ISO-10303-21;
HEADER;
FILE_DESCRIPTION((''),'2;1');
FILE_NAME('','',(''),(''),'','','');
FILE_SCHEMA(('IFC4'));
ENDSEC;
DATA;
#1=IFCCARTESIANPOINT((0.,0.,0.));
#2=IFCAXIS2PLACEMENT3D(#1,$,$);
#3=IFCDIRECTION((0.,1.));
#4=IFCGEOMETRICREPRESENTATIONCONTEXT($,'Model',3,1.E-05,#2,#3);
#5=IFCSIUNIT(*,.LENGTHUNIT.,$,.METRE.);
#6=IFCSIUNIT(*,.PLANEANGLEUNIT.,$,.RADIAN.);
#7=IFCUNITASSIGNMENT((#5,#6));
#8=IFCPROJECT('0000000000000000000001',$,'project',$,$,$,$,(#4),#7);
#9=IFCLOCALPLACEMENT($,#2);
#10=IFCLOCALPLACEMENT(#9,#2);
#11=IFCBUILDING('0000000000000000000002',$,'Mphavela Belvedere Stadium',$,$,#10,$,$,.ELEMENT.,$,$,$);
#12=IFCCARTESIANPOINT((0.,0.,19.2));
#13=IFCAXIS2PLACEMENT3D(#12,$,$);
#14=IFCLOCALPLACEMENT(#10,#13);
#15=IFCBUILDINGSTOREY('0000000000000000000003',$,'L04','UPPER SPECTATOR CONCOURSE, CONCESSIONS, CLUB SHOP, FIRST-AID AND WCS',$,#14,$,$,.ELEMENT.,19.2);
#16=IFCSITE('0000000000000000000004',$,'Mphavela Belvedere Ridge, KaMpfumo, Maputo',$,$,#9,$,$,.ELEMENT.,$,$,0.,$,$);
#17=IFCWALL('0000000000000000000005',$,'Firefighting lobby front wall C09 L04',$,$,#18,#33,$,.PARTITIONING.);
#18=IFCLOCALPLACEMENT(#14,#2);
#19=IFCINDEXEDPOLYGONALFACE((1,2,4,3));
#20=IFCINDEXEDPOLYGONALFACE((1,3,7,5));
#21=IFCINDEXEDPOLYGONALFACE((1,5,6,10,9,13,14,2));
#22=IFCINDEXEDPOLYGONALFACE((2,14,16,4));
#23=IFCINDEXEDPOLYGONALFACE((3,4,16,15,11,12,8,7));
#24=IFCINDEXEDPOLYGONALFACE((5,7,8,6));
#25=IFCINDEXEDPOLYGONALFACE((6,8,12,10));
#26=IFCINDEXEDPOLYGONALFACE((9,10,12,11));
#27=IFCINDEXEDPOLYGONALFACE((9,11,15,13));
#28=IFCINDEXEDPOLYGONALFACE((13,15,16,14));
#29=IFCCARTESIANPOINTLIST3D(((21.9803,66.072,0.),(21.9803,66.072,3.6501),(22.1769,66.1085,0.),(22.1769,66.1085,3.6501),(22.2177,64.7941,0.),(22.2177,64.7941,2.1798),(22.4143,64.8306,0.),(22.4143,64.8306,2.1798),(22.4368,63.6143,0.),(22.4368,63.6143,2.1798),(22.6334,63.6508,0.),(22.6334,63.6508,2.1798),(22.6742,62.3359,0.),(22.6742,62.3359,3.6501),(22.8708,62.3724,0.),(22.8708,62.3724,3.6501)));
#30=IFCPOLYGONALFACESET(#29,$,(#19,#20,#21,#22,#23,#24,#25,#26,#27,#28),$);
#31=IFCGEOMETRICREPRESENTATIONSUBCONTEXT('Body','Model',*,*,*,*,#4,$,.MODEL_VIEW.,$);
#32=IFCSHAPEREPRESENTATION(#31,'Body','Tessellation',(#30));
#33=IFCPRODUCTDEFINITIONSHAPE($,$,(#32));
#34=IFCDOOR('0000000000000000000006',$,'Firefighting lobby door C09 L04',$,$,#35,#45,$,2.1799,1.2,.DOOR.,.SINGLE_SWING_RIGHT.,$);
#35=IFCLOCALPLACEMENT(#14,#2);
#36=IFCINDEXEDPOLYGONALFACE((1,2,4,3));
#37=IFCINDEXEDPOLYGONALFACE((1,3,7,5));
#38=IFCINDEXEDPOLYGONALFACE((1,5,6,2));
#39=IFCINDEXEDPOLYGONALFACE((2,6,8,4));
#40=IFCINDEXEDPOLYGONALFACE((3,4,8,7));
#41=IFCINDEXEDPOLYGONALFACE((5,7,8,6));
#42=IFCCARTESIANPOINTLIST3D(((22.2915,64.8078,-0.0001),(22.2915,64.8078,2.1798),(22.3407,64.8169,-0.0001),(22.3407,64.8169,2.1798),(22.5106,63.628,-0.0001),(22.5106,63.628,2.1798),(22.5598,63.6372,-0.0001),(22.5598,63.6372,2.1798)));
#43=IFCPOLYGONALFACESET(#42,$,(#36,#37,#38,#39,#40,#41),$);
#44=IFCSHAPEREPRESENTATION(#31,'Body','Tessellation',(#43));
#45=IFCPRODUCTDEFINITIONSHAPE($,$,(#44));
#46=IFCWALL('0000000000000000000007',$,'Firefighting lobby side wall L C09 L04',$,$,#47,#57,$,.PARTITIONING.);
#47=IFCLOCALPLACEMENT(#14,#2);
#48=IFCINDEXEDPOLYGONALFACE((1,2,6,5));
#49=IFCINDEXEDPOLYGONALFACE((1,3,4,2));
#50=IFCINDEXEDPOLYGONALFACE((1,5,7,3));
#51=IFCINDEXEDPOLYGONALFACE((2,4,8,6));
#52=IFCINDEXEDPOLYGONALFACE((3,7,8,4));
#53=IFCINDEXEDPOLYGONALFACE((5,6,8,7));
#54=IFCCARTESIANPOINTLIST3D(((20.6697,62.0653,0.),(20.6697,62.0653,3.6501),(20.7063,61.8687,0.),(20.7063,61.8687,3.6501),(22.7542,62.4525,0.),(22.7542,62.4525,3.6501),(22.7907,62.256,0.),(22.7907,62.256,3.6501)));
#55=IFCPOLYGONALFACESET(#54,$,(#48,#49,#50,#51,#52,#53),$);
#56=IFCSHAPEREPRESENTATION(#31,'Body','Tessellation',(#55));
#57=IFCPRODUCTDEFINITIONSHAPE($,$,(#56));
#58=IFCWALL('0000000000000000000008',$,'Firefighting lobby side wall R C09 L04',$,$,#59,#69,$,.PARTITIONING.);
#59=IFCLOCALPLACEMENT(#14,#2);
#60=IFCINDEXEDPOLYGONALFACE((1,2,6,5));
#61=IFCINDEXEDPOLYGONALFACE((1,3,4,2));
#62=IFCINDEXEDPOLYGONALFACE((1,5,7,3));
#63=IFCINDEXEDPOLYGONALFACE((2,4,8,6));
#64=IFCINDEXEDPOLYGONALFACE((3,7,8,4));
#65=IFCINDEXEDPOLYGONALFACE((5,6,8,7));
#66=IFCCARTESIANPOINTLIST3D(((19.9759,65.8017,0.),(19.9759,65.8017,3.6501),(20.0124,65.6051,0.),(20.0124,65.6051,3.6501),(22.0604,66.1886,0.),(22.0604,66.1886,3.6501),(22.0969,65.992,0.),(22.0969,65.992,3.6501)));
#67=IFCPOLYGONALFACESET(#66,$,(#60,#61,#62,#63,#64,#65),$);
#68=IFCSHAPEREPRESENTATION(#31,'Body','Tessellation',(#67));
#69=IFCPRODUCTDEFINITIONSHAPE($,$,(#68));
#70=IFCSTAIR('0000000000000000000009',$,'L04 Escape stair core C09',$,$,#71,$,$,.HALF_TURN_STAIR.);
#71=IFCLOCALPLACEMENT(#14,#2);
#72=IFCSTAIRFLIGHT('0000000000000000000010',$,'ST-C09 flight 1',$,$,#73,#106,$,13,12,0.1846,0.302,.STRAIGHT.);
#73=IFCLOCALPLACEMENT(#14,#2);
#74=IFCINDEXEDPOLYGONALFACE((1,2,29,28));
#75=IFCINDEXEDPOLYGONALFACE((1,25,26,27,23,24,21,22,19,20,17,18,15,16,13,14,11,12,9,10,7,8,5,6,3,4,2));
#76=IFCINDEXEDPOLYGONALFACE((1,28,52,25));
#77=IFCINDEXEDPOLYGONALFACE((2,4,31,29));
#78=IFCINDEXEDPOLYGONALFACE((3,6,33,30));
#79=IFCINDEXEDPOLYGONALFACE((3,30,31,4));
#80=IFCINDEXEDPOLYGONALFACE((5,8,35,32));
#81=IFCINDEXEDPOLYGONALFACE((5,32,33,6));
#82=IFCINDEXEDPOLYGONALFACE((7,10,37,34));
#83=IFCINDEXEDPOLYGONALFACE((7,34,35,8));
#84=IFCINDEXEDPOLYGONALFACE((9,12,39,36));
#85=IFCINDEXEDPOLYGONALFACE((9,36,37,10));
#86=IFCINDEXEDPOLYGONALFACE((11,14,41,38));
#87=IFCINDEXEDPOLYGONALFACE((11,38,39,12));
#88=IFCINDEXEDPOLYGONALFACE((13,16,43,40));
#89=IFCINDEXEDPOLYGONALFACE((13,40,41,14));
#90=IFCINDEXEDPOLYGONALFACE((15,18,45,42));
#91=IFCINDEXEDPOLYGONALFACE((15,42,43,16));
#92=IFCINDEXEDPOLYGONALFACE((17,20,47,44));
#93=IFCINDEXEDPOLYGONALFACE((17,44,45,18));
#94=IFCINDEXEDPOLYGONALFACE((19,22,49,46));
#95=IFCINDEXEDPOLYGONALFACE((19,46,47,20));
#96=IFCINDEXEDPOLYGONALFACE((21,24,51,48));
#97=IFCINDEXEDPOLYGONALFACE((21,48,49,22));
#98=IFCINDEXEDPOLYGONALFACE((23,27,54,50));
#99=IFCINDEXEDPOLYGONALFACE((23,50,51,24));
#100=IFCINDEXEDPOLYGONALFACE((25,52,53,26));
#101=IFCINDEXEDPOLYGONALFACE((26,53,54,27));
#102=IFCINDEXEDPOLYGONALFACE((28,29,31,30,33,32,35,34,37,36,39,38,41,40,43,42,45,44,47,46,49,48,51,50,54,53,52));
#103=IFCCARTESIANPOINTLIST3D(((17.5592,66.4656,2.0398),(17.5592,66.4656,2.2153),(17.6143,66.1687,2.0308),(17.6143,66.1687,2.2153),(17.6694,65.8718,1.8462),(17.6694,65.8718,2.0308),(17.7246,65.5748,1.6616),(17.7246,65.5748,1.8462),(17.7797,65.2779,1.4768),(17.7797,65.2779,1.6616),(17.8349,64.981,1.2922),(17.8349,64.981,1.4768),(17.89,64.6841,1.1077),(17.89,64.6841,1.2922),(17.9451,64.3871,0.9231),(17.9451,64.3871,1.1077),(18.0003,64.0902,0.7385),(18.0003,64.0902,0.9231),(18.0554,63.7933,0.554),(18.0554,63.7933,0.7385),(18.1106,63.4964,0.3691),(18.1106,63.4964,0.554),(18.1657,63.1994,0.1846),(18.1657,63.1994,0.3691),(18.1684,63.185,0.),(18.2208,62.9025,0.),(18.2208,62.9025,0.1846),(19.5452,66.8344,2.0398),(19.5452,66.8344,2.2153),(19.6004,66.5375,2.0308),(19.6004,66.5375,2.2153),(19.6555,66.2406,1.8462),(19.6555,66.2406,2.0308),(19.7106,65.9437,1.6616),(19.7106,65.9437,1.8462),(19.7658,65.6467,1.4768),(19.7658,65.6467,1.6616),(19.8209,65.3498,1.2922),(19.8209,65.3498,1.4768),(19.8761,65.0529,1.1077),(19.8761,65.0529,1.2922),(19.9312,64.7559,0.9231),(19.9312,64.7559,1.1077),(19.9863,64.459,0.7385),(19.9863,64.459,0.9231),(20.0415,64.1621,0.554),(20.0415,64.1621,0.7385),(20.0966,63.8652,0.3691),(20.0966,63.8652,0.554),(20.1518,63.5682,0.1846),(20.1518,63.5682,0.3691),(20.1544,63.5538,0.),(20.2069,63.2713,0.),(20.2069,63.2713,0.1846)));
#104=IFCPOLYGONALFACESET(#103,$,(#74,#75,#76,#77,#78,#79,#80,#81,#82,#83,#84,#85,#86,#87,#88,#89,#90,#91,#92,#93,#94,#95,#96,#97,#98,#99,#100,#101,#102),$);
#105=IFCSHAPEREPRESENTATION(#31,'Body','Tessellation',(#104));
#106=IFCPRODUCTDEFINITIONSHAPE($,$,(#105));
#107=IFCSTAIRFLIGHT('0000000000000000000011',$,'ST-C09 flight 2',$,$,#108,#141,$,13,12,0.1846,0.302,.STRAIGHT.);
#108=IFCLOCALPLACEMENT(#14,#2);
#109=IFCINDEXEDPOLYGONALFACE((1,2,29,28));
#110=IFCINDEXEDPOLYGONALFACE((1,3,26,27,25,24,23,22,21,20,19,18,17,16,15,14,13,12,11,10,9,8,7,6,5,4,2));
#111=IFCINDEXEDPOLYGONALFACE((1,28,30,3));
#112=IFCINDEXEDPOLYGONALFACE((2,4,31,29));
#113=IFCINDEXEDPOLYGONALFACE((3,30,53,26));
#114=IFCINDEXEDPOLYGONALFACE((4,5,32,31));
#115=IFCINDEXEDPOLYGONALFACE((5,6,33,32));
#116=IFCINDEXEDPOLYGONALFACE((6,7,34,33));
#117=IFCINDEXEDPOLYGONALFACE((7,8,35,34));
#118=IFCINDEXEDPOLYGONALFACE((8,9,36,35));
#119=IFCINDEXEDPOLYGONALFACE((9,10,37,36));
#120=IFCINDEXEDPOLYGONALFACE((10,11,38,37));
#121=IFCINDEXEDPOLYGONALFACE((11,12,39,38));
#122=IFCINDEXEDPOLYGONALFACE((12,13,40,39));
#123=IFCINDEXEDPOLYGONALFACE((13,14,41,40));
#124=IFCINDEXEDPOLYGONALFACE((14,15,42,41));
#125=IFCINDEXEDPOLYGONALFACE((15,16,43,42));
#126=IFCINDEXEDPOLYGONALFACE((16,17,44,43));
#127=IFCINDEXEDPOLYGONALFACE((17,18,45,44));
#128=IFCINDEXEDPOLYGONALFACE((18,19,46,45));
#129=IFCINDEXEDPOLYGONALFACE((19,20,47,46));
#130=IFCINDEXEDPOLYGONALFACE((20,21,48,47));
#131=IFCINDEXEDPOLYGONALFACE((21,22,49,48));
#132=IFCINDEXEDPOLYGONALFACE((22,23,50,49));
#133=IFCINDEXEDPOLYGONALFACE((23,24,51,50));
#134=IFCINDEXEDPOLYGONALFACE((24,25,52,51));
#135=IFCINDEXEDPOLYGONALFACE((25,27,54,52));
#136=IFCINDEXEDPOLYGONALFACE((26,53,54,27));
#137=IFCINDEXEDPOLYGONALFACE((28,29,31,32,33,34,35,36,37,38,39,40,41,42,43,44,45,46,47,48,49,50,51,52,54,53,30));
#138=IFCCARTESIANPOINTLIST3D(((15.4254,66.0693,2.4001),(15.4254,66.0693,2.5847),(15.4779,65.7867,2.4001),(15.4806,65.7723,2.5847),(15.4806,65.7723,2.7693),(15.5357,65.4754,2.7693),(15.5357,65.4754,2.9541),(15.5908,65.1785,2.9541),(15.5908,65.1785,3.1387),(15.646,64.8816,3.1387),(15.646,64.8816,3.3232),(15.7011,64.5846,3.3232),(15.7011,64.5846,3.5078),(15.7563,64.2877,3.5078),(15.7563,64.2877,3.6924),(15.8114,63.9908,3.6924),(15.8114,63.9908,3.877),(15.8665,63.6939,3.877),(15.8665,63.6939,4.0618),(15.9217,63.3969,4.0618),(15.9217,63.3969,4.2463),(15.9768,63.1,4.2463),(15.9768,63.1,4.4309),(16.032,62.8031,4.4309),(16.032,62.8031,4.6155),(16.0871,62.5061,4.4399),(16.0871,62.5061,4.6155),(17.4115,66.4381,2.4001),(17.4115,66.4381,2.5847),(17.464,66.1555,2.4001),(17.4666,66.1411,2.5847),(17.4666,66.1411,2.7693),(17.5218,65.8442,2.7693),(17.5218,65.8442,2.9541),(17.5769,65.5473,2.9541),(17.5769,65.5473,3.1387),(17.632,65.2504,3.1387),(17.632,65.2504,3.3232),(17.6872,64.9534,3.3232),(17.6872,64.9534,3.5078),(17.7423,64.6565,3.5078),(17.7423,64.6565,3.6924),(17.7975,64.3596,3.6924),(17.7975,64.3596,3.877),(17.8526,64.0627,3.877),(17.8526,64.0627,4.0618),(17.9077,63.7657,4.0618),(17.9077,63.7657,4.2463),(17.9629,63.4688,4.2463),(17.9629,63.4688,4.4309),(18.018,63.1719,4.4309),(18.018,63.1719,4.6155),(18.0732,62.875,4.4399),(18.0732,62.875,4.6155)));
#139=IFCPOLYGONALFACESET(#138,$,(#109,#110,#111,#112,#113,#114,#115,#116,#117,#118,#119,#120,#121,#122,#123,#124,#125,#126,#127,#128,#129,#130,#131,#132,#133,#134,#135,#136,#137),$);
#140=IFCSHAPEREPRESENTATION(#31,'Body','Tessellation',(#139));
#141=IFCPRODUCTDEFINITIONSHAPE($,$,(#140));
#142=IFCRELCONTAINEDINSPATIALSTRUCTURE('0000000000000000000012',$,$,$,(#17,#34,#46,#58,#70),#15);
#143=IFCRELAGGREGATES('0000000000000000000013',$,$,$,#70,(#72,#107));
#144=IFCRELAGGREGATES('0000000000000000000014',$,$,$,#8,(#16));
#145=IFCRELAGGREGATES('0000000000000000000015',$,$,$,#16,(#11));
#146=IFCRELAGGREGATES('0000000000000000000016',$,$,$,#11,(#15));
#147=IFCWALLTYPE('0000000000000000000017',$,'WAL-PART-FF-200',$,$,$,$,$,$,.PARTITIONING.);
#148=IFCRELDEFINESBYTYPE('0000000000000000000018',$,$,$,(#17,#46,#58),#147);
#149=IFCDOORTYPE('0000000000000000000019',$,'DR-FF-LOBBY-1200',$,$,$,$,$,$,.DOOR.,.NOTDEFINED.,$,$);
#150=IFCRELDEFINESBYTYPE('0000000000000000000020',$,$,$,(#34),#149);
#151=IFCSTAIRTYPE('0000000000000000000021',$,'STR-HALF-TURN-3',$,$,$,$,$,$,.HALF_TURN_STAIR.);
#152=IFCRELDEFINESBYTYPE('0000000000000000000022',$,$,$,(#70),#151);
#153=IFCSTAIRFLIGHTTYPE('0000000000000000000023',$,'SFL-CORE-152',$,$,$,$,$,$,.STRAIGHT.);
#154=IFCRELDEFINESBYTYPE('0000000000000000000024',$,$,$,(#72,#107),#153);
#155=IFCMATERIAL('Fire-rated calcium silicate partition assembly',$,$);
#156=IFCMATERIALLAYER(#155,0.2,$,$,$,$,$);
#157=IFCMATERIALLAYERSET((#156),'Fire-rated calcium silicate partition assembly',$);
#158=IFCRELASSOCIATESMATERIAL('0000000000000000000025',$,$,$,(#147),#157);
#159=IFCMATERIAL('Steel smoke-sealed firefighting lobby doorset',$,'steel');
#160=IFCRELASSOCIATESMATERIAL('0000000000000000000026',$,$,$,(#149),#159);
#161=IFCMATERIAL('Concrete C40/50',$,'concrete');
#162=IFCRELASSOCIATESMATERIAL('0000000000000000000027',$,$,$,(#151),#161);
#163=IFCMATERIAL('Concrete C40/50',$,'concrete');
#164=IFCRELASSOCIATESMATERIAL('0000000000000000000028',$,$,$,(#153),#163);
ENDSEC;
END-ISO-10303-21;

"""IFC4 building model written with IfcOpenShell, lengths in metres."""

from ifc_helpers import new_model, si_unit, direction, frame, frame_2d, origin, place, context, subcontext, project, spatial, polyline, rectangle, outline, extrude, material, layer, layer_set, type_object, element, fill, aggregate, save


model = new_model("IFC4")

# Units and contexts
model_context = context("Model", 3, precision=1e-05, world=origin(), true_north=direction((0.0, 1.0)))
body_context = subcontext(model_context, "Body", "Model", "MODEL_VIEW")
ifc_project = project(units=[si_unit("LENGTHUNIT", "METRE"), si_unit("PLANEANGLEUNIT", "RADIAN")], contexts=[model_context])

# Site, building, storey
site_placement = place(None, origin())
site = spatial("IfcSite", under=ifc_project, at=site_placement, Name="Mphavela Belvedere Ridge, KaMpfumo, Maputo", CompositionType="ELEMENT", RefElevation=0.0)
building_placement = place(site_placement, origin())
building = spatial("IfcBuilding", under=site, at=building_placement, Name="Mphavela Belvedere Stadium", CompositionType="ELEMENT")
storey_placement = place(building_placement, frame((0.0, 0.0, 19.2)))
storey = spatial("IfcBuildingStorey", under=building, at=storey_placement, Name="L04", Description="UPPER SPECTATOR CONCOURSE, CONCESSIONS, CLUB SHOP, FIRST-AID AND WCS", CompositionType="ELEMENT", Elevation=19.2)

# Wall, opening, door
ifc_material_1 = material(Name="Fire-rated calcium silicate partition assembly")
ifc_layer_1 = layer(ifc_material_1, 0.2)
ifc_layer_set_1 = layer_set([ifc_layer_1], Name="Fire-rated calcium silicate partition assembly")
wall_type_1 = type_object("IfcWallType", Name="WAL-PART-FF-200", PredefinedType="PARTITIONING", material=ifc_layer_set_1)
wall_1_placement = place(storey_placement, frame((22.7725, 62.3542, 0.0), z_axis=(0.0, 0.0, 1.0), x_axis=(-0.182593, 0.983189, 0.0)))
wall_1 = element("IfcWall", 1, at=wall_1_placement, inside=storey, type_object=wall_type_1, Name="Firefighting lobby front wall C09 L04", PredefinedType="PARTITIONING", context=body_context, shape_type="SweptSolid", body=[
    extrude(rectangle(XDim=3.8, YDim=0.2, at=frame_2d((1.8999, 0.0))), origin(), (0.0, 0.0, 1.0), 3.6501),
])
opening_1_placement = place(wall_1_placement, frame((1.3, 0.0, 0.0)))
opening_1 = element("IfcOpeningElement", 2, at=opening_1_placement, cuts=wall_1, PredefinedType="OPENING", context=body_context, shape_type="SweptSolid", body=[
    extrude(rectangle(XDim=1.2, YDim=2.1799, at=frame_2d((0.6001, 1.0898))), frame((0.0, 0.1099, 0.0), z_axis=(0.0, -1.0, 0.0), x_axis=(1.0, 0.0, 0.0)), (0.0, 0.0, 1.0), 0.22),
])
ifc_material_2 = material(Name="Steel smoke-sealed firefighting lobby doorset", Category="steel")
door_type_1 = type_object("IfcDoorType", Name="DR-FF-LOBBY-1200", OperationType="NOTDEFINED", PredefinedType="DOOR", material=ifc_material_2)
door_1_placement = place(opening_1_placement, origin())
door_1 = element("IfcDoor", 3, at=door_1_placement, inside=storey, type_object=door_type_1, Name="Firefighting lobby door C09 L04", OperationType="SINGLE_SWING_RIGHT", OverallHeight=2.1799, OverallWidth=1.2, PredefinedType="DOOR", context=body_context, shape_type="SweptSolid", body=[
    extrude(rectangle(XDim=1.2, YDim=2.1799, at=frame_2d((0.6001, 1.0898))), frame((0.0, 0.0249, 0.0), z_axis=(0.0, -1.0, 0.0), x_axis=(1.0, 0.0, 0.0)), (0.0, 0.0, 1.0), 0.05),
])
fill(opening_1, door_1)

# Walls
for number, where, z_axis, x_axis, name in (
    (4, (22.7725, 62.3542, 0.0), (0.0, 0.0, 1.0), (-0.983181, -0.182634, 0.0), "Firefighting lobby side wall L C09 L04"),
    (5, (22.0786, 66.0903, 0.0), (0.0, 0.0, 1.0), (-0.983202, -0.182522, 0.0), "Firefighting lobby side wall R C09 L04"),
):
    element("IfcWall", number, at=place(storey_placement, frame(where, z_axis=z_axis, x_axis=x_axis)), inside=storey, type_object=wall_type_1, Name=name, PredefinedType="PARTITIONING", context=body_context, shape_type="SweptSolid", body=[
        extrude(rectangle(XDim=2.1201, YDim=0.2, at=frame_2d((1.0601, 0.0))), origin(), (0.0, 0.0, 1.0), 3.6501),
    ])

# Stair, stair flights
ifc_material_3 = material(Name="Concrete C40/50", Category="concrete")
stair_type = type_object("IfcStairType", Name="STR-HALF-TURN-3", PredefinedType="HALF_TURN_STAIR", material=ifc_material_3)
stair_placement = place(storey_placement, origin())
stair = element("IfcStair", 6, at=stair_placement, inside=storey, type_object=stair_type, Name="L04 Escape stair core C09", PredefinedType="HALF_TURN_STAIR")
ifc_material_4 = material(Name="Concrete C40/50", Category="concrete")
stair_flight_type = type_object("IfcStairFlightType", Name="SFL-CORE-152", PredefinedType="STRAIGHT", material=ifc_material_4)
stair_flight_1_placement = place(storey_placement, frame((19.2139, 63.0869, 0.0), z_axis=(0.0, 0.0, 1.0), x_axis=(-0.182579, 0.983191, 0.0)))
stair_flight_1 = element("IfcStairFlight", 7, at=stair_flight_1_placement, type_object=stair_flight_type, Name="ST-C09 flight 1", NumberOfRisers=13, NumberOfTreads=12, PredefinedType="STRAIGHT", RiserHeight=0.1846, TreadLength=0.302, context=body_context, shape_type="SweptSolid", body=[
    extrude(outline(polyline([(0.0, 0.0), (0.0, 0.1846), (0.302, 0.1846), (0.302, 0.3691), (0.604, 0.3691), (0.604, 0.554), (0.906, 0.554), (0.906, 0.7385), (1.208, 0.7385), (1.208, 0.9231), (1.51, 0.9231), (1.51, 1.1077), (1.812, 1.1077), (1.812, 1.2922), (2.114, 1.2922), (2.114, 1.4768), (2.416, 1.4768), (2.416, 1.6616), (2.718, 1.6616), (2.718, 1.8462), (3.02, 1.8462), (3.02, 2.0308), (3.322, 2.0308), (3.322, 2.2153), (3.624, 2.2153), (3.624, 2.3999), (3.624, 2.0398), (0.2874, 0.0), (0.0, 0.0)])), frame((0.0, 1.01, 0.0), z_axis=(0.0, -1.0, 0.0), x_axis=(1.0, 0.0, 0.0)), (0.0, 0.0, 1.0), 2.02),
])
stair_flight_2_placement = place(storey_placement, frame((16.4185, 66.2537, 2.4001), z_axis=(0.0, 0.0, 1.0), x_axis=(0.182579, -0.983191, 0.0)))
stair_flight_2 = element("IfcStairFlight", 8, at=stair_flight_2_placement, type_object=stair_flight_type, Name="ST-C09 flight 2", NumberOfRisers=13, NumberOfTreads=12, PredefinedType="STRAIGHT", RiserHeight=0.1846, TreadLength=0.302, context=body_context, shape_type="SweptSolid", body=[
    extrude(outline(polyline([(0.0, 0.0), (0.0, 0.1846), (0.302, 0.1846), (0.302, 0.3691), (0.604, 0.3691), (0.604, 0.554), (0.906, 0.554), (0.906, 0.7385), (1.208, 0.7385), (1.208, 0.9231), (1.51, 0.9231), (1.51, 1.1077), (1.812, 1.1077), (1.812, 1.2922), (2.114, 1.2922), (2.114, 1.4768), (2.416, 1.4768), (2.416, 1.6616), (2.718, 1.6616), (2.718, 1.8462), (3.02, 1.8462), (3.02, 2.0308), (3.322, 2.0308), (3.322, 2.2153), (3.624, 2.2153), (3.624, 2.3999), (3.624, 2.0398), (0.2874, 0.0), (0.0, 0.0)])), frame((0.0, 1.01, 0.0), z_axis=(0.0, -1.0, 0.0), x_axis=(1.0, 0.0, 0.0)), (0.0, 0.0, 1.0), 2.02),
])
aggregate(stair, [stair_flight_1, stair_flight_2])

save(model, "model.ifc")
